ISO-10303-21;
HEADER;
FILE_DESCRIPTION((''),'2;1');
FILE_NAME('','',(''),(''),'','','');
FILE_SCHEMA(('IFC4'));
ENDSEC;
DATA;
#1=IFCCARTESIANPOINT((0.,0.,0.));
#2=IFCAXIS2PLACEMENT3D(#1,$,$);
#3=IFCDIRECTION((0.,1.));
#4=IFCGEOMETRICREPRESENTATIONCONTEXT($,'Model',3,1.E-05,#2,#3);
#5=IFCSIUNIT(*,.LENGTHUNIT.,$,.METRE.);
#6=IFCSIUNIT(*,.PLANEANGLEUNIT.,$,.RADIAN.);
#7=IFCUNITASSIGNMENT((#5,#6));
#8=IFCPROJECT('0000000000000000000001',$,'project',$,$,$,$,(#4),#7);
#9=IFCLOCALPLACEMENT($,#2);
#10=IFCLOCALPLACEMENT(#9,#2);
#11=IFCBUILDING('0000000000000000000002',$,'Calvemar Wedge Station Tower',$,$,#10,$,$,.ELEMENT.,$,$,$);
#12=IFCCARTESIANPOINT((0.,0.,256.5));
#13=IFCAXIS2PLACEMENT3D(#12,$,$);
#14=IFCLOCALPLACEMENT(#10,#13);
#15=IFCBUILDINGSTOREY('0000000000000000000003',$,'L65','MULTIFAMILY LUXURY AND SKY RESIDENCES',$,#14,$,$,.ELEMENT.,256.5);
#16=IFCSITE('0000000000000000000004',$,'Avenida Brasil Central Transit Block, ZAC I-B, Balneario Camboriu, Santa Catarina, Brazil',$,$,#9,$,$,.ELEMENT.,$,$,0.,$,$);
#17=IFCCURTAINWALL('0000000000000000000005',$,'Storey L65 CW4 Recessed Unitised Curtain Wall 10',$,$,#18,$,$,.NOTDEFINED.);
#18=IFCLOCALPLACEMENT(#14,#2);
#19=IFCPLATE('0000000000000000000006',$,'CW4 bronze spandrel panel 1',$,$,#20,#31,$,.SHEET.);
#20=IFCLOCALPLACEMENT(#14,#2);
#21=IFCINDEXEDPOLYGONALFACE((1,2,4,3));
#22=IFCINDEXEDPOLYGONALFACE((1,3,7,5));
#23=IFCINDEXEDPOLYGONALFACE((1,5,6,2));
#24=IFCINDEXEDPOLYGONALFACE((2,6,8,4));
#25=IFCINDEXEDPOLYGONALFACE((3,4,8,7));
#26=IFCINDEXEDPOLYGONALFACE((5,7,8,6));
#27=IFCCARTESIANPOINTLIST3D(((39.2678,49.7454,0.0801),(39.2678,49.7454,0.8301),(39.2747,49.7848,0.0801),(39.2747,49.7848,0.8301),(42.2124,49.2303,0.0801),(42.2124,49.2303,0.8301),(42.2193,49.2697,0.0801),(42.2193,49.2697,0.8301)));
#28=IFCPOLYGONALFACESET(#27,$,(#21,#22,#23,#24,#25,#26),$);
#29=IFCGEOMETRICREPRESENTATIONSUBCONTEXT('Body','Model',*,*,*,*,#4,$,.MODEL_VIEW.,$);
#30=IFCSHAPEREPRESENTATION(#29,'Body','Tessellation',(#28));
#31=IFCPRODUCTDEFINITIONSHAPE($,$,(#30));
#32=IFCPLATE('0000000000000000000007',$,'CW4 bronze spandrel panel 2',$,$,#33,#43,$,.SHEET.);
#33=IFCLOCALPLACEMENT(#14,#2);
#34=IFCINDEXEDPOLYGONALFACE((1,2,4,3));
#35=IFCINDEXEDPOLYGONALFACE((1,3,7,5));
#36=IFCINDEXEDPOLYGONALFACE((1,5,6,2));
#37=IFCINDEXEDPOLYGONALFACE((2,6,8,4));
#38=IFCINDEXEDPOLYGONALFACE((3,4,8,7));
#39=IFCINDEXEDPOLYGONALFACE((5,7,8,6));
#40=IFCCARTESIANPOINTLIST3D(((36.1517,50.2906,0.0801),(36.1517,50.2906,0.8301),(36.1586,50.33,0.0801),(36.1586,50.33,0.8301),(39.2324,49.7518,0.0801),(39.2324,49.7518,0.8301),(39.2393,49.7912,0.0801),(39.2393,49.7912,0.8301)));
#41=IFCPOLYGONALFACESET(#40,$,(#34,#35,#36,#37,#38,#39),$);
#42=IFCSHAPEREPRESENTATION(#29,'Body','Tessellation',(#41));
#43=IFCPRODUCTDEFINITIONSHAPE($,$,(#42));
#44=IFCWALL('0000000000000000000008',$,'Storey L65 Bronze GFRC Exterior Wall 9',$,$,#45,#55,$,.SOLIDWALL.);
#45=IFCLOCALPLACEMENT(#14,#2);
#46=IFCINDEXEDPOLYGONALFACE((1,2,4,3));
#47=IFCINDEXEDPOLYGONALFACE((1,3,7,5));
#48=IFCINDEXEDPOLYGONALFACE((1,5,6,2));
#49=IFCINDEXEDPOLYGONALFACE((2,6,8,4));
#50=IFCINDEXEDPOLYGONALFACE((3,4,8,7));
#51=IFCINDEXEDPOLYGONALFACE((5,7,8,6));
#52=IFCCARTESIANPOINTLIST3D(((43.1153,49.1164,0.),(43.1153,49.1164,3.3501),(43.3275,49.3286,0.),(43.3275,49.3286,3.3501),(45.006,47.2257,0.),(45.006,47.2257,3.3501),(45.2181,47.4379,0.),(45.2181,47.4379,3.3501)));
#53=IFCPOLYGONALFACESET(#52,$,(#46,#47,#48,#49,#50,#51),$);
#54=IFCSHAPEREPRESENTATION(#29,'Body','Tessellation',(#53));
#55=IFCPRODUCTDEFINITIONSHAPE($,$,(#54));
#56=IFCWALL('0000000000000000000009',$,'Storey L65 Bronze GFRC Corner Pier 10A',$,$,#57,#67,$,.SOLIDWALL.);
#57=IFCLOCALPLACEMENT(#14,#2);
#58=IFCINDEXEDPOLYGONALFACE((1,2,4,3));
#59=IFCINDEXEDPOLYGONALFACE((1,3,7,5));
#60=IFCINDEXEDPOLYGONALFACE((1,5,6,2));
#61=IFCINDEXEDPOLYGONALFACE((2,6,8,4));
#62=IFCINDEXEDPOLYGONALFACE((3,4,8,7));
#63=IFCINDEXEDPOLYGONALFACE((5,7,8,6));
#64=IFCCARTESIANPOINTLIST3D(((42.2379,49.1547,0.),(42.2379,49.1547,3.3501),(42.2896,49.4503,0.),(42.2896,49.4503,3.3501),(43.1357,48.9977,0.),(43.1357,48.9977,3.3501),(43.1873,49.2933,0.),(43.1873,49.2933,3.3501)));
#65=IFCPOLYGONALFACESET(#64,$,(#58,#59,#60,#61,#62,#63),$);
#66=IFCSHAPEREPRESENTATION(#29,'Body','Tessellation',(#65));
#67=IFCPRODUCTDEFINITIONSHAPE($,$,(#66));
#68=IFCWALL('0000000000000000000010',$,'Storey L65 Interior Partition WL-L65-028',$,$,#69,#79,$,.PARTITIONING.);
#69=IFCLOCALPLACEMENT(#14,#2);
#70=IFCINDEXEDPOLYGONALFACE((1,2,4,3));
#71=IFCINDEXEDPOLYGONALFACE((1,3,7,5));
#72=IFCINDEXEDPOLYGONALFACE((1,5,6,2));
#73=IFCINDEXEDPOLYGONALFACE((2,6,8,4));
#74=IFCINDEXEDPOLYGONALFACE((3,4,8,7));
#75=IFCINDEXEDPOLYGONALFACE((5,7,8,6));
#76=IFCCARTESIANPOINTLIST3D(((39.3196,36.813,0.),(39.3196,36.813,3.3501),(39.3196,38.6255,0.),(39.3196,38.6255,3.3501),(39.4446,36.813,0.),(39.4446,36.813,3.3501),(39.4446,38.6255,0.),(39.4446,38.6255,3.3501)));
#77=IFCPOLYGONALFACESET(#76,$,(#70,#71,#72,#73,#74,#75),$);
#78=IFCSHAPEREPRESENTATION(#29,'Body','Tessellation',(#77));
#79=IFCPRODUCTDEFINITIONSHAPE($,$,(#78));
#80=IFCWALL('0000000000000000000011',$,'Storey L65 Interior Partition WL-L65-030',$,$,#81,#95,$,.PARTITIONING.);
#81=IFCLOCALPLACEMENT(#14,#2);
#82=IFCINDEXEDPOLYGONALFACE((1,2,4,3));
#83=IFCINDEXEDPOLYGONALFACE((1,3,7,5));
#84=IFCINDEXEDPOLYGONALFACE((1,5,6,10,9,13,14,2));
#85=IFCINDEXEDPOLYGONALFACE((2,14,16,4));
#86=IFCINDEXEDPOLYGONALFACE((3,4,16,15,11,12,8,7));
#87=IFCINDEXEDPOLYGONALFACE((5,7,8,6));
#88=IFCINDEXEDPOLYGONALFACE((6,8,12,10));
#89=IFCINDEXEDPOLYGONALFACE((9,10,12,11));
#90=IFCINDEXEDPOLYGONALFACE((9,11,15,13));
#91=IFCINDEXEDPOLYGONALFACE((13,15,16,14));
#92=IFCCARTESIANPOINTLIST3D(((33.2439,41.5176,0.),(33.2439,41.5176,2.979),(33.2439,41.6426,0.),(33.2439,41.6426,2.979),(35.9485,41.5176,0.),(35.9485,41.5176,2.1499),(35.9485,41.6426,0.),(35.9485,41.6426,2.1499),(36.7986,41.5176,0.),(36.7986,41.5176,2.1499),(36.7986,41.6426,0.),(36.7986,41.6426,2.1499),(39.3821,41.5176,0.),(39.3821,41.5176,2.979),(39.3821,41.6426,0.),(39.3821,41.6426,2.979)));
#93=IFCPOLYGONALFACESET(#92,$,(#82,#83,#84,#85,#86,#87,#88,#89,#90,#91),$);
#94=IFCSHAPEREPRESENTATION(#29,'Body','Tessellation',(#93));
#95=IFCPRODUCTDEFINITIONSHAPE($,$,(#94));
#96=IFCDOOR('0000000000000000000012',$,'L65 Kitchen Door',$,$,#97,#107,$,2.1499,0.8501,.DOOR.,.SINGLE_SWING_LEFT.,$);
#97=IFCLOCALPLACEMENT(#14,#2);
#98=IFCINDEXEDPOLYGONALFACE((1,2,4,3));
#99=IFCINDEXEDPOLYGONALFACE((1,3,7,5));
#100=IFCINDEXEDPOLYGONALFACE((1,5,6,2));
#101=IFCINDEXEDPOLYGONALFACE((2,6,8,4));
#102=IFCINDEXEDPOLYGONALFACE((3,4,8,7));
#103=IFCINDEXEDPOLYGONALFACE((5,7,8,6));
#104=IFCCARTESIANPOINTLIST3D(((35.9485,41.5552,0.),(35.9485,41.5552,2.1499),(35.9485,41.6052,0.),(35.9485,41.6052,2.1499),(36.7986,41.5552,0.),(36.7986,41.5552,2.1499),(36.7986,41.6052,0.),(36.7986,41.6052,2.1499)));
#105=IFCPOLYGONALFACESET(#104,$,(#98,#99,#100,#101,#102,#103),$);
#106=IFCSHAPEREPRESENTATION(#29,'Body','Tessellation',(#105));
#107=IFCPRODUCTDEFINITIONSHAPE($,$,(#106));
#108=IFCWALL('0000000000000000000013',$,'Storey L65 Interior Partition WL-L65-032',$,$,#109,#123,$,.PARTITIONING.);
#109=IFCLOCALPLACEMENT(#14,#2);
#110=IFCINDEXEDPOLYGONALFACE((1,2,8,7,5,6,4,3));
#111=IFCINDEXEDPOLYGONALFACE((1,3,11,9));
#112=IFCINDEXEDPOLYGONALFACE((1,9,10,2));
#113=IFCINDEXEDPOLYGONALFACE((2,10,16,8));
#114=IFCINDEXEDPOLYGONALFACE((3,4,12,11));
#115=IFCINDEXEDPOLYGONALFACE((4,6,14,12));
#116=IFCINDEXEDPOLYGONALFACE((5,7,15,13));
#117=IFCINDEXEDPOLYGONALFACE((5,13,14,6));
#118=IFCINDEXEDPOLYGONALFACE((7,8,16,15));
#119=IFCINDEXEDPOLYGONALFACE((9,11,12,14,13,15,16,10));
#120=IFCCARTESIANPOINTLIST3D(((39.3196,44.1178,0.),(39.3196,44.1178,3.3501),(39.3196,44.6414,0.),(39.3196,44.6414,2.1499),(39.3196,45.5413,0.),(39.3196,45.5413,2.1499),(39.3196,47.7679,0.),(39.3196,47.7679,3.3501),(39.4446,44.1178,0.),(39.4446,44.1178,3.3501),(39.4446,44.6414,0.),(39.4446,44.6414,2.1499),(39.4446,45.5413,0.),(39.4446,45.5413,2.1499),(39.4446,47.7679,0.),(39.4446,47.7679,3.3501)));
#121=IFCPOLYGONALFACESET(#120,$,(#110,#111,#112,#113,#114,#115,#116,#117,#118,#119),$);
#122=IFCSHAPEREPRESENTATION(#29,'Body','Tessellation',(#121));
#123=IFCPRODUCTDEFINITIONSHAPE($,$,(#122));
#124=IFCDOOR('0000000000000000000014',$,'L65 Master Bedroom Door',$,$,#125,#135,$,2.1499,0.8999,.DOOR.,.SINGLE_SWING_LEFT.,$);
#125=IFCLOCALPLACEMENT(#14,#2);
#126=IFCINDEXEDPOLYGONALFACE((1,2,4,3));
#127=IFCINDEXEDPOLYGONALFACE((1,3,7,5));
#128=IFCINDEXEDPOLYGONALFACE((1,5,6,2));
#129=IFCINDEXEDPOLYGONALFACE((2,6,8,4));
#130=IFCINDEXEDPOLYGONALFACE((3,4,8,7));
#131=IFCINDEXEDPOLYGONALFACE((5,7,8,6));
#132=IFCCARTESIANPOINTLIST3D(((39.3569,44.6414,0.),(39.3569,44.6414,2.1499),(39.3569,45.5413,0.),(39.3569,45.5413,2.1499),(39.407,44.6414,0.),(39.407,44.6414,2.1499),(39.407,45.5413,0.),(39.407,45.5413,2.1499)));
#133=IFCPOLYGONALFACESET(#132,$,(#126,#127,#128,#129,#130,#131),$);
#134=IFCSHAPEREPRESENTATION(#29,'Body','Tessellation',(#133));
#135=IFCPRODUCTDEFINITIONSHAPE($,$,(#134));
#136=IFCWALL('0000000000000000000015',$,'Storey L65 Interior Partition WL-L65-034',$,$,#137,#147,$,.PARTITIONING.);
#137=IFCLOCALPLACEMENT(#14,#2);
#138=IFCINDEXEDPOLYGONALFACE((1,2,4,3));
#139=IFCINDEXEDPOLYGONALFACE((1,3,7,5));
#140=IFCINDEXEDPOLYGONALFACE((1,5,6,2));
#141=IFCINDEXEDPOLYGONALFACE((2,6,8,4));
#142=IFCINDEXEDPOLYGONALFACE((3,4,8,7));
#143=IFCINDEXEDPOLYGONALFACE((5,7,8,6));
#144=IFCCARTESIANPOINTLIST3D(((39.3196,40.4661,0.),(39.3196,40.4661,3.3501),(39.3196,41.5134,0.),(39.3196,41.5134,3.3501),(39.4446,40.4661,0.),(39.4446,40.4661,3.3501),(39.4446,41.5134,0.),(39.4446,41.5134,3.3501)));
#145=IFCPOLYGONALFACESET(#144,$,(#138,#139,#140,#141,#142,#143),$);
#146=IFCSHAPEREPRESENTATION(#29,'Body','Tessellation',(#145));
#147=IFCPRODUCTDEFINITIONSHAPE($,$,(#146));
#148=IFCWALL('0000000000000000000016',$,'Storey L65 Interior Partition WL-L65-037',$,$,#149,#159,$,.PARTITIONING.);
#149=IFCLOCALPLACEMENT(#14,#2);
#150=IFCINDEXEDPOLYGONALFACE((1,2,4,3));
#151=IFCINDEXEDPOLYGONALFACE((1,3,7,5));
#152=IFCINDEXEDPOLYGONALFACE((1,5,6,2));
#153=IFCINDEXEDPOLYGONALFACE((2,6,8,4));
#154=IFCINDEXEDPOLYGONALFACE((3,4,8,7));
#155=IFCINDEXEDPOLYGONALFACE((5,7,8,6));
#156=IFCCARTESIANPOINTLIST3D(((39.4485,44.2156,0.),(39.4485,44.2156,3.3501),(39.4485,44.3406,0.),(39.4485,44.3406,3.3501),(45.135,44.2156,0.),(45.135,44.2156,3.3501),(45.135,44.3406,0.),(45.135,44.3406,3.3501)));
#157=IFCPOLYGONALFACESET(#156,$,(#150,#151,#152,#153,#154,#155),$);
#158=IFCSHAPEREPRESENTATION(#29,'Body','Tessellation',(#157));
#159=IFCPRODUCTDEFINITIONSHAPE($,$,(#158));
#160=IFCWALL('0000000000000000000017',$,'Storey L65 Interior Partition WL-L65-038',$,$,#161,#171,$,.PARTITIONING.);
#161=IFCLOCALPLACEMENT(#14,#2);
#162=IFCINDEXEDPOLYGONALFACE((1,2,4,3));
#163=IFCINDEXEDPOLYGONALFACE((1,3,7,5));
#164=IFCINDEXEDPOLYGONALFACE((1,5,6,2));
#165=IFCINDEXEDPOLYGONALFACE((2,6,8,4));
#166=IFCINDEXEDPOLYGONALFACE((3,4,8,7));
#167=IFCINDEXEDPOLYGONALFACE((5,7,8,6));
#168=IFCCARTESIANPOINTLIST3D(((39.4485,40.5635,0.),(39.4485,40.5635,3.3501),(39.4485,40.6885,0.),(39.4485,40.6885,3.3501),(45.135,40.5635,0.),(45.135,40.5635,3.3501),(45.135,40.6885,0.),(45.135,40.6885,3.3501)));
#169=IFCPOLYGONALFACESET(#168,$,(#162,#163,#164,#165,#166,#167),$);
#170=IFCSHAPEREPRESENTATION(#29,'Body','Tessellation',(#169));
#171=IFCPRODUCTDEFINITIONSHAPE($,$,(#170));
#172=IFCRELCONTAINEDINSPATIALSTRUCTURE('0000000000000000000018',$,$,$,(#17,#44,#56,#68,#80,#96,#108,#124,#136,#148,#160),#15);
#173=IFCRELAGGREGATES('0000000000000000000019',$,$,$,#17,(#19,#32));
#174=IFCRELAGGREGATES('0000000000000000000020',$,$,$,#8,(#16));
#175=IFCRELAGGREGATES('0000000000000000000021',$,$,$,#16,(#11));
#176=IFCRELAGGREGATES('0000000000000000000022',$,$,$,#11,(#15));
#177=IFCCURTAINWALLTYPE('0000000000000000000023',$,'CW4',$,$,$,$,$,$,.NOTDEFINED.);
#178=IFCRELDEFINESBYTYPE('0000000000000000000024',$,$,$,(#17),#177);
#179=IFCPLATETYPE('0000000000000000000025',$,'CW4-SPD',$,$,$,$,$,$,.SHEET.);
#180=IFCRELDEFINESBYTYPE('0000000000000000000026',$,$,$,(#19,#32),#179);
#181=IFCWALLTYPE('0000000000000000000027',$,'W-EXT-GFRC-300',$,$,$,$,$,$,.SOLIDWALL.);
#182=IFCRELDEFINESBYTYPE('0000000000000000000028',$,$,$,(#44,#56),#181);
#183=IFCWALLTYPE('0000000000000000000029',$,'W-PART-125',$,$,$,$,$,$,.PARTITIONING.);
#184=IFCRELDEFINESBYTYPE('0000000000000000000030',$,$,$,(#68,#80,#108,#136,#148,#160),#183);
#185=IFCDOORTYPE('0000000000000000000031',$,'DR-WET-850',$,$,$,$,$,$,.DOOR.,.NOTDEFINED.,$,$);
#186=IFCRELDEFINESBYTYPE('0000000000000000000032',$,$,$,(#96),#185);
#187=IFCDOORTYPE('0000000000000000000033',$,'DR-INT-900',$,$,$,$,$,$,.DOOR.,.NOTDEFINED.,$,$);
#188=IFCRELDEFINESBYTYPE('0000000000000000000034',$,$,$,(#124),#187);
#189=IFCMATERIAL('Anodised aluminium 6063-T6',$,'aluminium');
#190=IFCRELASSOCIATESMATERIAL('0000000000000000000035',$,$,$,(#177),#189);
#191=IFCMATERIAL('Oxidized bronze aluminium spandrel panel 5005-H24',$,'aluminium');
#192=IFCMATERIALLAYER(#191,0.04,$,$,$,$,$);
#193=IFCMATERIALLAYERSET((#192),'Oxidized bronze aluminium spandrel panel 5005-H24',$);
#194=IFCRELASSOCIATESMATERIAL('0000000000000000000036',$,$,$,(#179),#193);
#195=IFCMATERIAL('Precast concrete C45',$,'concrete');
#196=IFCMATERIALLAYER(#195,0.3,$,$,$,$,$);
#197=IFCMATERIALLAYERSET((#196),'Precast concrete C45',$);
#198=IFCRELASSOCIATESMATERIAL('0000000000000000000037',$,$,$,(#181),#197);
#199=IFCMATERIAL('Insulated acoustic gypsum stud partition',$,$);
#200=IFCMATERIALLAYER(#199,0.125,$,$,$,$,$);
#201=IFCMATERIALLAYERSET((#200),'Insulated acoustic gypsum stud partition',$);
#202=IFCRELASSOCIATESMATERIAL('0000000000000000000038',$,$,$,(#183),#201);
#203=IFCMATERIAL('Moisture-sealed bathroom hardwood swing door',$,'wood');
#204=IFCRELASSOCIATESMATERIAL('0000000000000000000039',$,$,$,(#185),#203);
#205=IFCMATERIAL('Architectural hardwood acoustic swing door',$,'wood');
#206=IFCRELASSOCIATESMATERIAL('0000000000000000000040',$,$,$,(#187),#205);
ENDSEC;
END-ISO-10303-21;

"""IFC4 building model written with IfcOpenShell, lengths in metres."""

from ifc_helpers import new_model, si_unit, direction, frame, frame_2d, origin, place, context, subcontext, project, spatial, rectangle, extrude, source, transform, mapped, material, layer, layer_set, type_object, element, fill, aggregate, save


model = new_model("IFC4")

# Units and contexts
model_context = context("Model", 3, precision=1e-05, world=origin(), true_north=direction((0.0, 1.0)))
body_context = subcontext(model_context, "Body", "Model", "MODEL_VIEW")
ifc_project = project(units=[si_unit("LENGTHUNIT", "METRE"), si_unit("PLANEANGLEUNIT", "RADIAN")], contexts=[model_context])

# Site, building, storey
site_placement = place(None, origin())
site = spatial("IfcSite", under=ifc_project, at=site_placement, Name="Avenida Brasil Central Transit Block, ZAC I-B, Balneario Camboriu, Santa Catarina, Brazil", CompositionType="ELEMENT", RefElevation=0.0)
building_placement = place(site_placement, origin())
building = spatial("IfcBuilding", under=site, at=building_placement, Name="Calvemar Wedge Station Tower", CompositionType="ELEMENT")
storey_placement = place(building_placement, frame((0.0, 0.0, 256.5)))
storey = spatial("IfcBuildingStorey", under=building, at=storey_placement, Name="L65", Description="MULTIFAMILY LUXURY AND SKY RESIDENCES", CompositionType="ELEMENT", Elevation=256.5)

# Curtain wall, plates
ifc_material_1 = material(Name="Anodised aluminium 6063-T6", Category="aluminium")
curtain_wall_type = type_object("IfcCurtainWallType", Name="CW4", PredefinedType="NOTDEFINED", material=ifc_material_1)
curtain_wall_placement = place(storey_placement, origin())
curtain_wall = element("IfcCurtainWall", 1, at=curtain_wall_placement, inside=storey, type_object=curtain_wall_type, Name="Storey L65 CW4 Recessed Unitised Curtain Wall 10", PredefinedType="NOTDEFINED")
ifc_material_2 = material(Name="Oxidized bronze aluminium spandrel panel 5005-H24", Category="aluminium")
ifc_layer_1 = layer(ifc_material_2, 0.04)
ifc_layer_set_1 = layer_set([ifc_layer_1], Name="Oxidized bronze aluminium spandrel panel 5005-H24")
plate_type_1 = type_object("IfcPlateType", Name="CW4-SPD", PredefinedType="SHEET", material=ifc_layer_set_1)
plate_1_placement = place(storey_placement, frame((42.2158, 49.25, 0.0801), z_axis=(0.0, 0.0, 1.0), x_axis=(-0.98504, 0.172327, 0.0)))
plate_1 = element("IfcPlate", 2, at=plate_1_placement, type_object=plate_type_1, Name="CW4 bronze spandrel panel 1", PredefinedType="SHEET", context=body_context, shape_type="SweptSolid", body=[
    extrude(rectangle(XDim=2.9893, YDim=0.04, at=frame_2d((1.4946, 0.0))), origin(), (0.0, 0.0, 1.0), 0.75),
])
plate_2_placement = place(storey_placement, frame((39.2358, 49.7715, 0.0801), z_axis=(0.0, 0.0, 1.0), x_axis=(-0.985046, 0.172293, 0.0)))
plate_2 = element("IfcPlate", 3, at=plate_2_placement, type_object=plate_type_1, Name="CW4 bronze spandrel panel 2", PredefinedType="SHEET", context=body_context, shape_type="SweptSolid", body=[
    extrude(rectangle(XDim=3.1274, YDim=0.04, at=frame_2d((1.5637, 0.0))), origin(), (0.0, 0.0, 1.0), 0.75),
])
aggregate(curtain_wall, [plate_1, plate_2])

# Walls
ifc_material_3 = material(Name="Precast concrete C45", Category="concrete")
ifc_layer_2 = layer(ifc_material_3, 0.3)
ifc_layer_set_2 = layer_set([ifc_layer_2], Name="Precast concrete C45")
wall_type_1 = type_object("IfcWallType", Name="W-EXT-GFRC-300", PredefinedType="SOLIDWALL", material=ifc_layer_set_2)
wall_1_placement = place(storey_placement, frame((45.1121, 47.3318, 0.0), z_axis=(0.0, 0.0, 1.0), x_axis=(-0.707107, 0.707107, 0.0)))
element("IfcWall", 4, at=wall_1_placement, inside=storey, type_object=wall_type_1, Name="Storey L65 Bronze GFRC Exterior Wall 9", PredefinedType="SOLIDWALL", context=body_context, shape_type="SweptSolid", body=[
    extrude(rectangle(XDim=2.6738, YDim=0.3, at=frame_2d((1.3369, 0.0))), origin(), (0.0, 0.0, 1.0), 3.3501),
])
wall_2_placement = place(storey_placement, frame((43.1614, 49.1455, 0.0), z_axis=(0.0, 0.0, 1.0), x_axis=(-0.985052, 0.172257, 0.0)))
element("IfcWall", 5, at=wall_2_placement, inside=storey, type_object=wall_type_1, Name="Storey L65 Bronze GFRC Corner Pier 10A", PredefinedType="SOLIDWALL", context=body_context, shape_type="SweptSolid", body=[
    extrude(rectangle(XDim=0.9114, YDim=0.3, at=frame_2d((0.4556, 0.0))), origin(), (0.0, 0.0, 1.0), 3.3501),
])
ifc_material_4 = material(Name="Insulated acoustic gypsum stud partition")
ifc_layer_3 = layer(ifc_material_4, 0.125)
ifc_layer_set_3 = layer_set([ifc_layer_3], Name="Insulated acoustic gypsum stud partition")
wall_type_2 = type_object("IfcWallType", Name="W-PART-125", PredefinedType="PARTITIONING", material=ifc_layer_set_3)
wall_3_placement = place(storey_placement, frame((39.3821, 38.6255, 0.0), z_axis=(0.0, 0.0, 1.0), x_axis=(0.0, -1.0, 0.0)))
element("IfcWall", 6, at=wall_3_placement, inside=storey, type_object=wall_type_2, Name="Storey L65 Interior Partition WL-L65-028", PredefinedType="PARTITIONING", context=body_context, shape_type="SweptSolid", body=[
    extrude(rectangle(XDim=1.8125, YDim=0.125, at=frame_2d((0.9062, 0.0))), origin(), (0.0, 0.0, 1.0), 3.3501),
])

# Walls, openings, doors
wall_4_placement = place(storey_placement, frame((39.3821, 41.5801, 0.0), z_axis=(0.0, 0.0, 1.0), x_axis=(-1.0, 0.0, 0.0)))
wall_4 = element("IfcWall", 7, at=wall_4_placement, inside=storey, type_object=wall_type_2, Name="Storey L65 Interior Partition WL-L65-030", PredefinedType="PARTITIONING", context=body_context, shape_type="SweptSolid", body=[
    extrude(rectangle(XDim=6.1382, YDim=0.125, at=frame_2d((3.0691, 0.0))), origin(), (0.0, 0.0, 1.0), 2.979),
])
shared_shape_1 = source(origin(), body_context, "Body", "SweptSolid", [
    extrude(rectangle(XDim=0.8501, YDim=2.1499, at=frame_2d((0.425, 1.075))), frame((0.0, 0.0725, 0.0), z_axis=(0.0, -1.0, 0.0), x_axis=(1.0, 0.0, 0.0)), (0.0, 0.0, 1.0), 0.145),
])
opening_1_placement = place(wall_4_placement, frame((2.5835, 0.0, 0.0)))
opening_1 = element("IfcOpeningElement", 8, at=opening_1_placement, cuts=wall_4, PredefinedType="OPENING", context=body_context, shape_type="MappedRepresentation", body=[
    mapped(shared_shape_1, transform((0.0, 0.0, 0.0), scale=1.0)),
])
ifc_material_5 = material(Name="Moisture-sealed bathroom hardwood swing door", Category="wood")
door_type_1 = type_object("IfcDoorType", Name="DR-WET-850", OperationType="NOTDEFINED", PredefinedType="DOOR", material=ifc_material_5)
shared_shape_2 = source(origin(), body_context, "Body", "SweptSolid", [
    extrude(rectangle(XDim=0.8501, YDim=2.1499, at=frame_2d((0.425, 1.075))), frame((0.0, 0.0249, 0.0), z_axis=(0.0, -1.0, 0.0), x_axis=(1.0, 0.0, 0.0)), (0.0, 0.0, 1.0), 0.05),
])
door_1_placement = place(opening_1_placement, origin())
door_1 = element("IfcDoor", 9, at=door_1_placement, inside=storey, type_object=door_type_1, Name="L65 Kitchen Door", OperationType="SINGLE_SWING_LEFT", OverallHeight=2.1499, OverallWidth=0.8501, PredefinedType="DOOR", context=body_context, shape_type="MappedRepresentation", body=[
    mapped(shared_shape_2, transform((0.0, 0.0, 0.0), scale=1.0)),
])
fill(opening_1, door_1)
wall_5_placement = place(storey_placement, frame((39.3821, 47.7681, 0.0), z_axis=(0.0, 0.0, 1.0), x_axis=(0.0, -1.0, 0.0)))
wall_5 = element("IfcWall", 10, at=wall_5_placement, inside=storey, type_object=wall_type_2, Name="Storey L65 Interior Partition WL-L65-032", PredefinedType="PARTITIONING", context=body_context, shape_type="SweptSolid", body=[
    extrude(rectangle(XDim=3.6501, YDim=0.125, at=frame_2d((1.8252, 0.0))), origin(), (0.0, 0.0, 1.0), 3.3501),
])
shared_shape_3 = source(origin(), body_context, "Body", "SweptSolid", [
    extrude(rectangle(XDim=0.8999, YDim=2.1499, at=frame_2d((0.45, 1.075))), frame((0.0, 0.0725, 0.0), z_axis=(0.0, -1.0, 0.0), x_axis=(1.0, 0.0, 0.0)), (0.0, 0.0, 1.0), 0.145),
])
opening_2_placement = place(wall_5_placement, frame((2.2268, 0.0, 0.0)))
opening_2 = element("IfcOpeningElement", 11, at=opening_2_placement, cuts=wall_5, PredefinedType="OPENING", context=body_context, shape_type="MappedRepresentation", body=[
    mapped(shared_shape_3, transform((0.0, 0.0, 0.0), scale=1.0)),
])
ifc_material_6 = material(Name="Architectural hardwood acoustic swing door", Category="wood")
door_type_2 = type_object("IfcDoorType", Name="DR-INT-900", OperationType="NOTDEFINED", PredefinedType="DOOR", material=ifc_material_6)
shared_shape_4 = source(origin(), body_context, "Body", "SweptSolid", [
    extrude(rectangle(XDim=0.8999, YDim=2.1499, at=frame_2d((0.45, 1.075))), frame((0.0, 0.0249, 0.0), z_axis=(0.0, -1.0, 0.0), x_axis=(1.0, 0.0, 0.0)), (0.0, 0.0, 1.0), 0.05),
])
door_2_placement = place(opening_2_placement, origin())
door_2 = element("IfcDoor", 12, at=door_2_placement, inside=storey, type_object=door_type_2, Name="L65 Master Bedroom Door", OperationType="SINGLE_SWING_LEFT", OverallHeight=2.1499, OverallWidth=0.8999, PredefinedType="DOOR", context=body_context, shape_type="MappedRepresentation", body=[
    mapped(shared_shape_4, transform((0.0, 0.0, 0.0), scale=1.0)),
])
fill(opening_2, door_2)

# Wall
wall_6_placement = place(storey_placement, frame((39.3821, 41.5134, 0.0), z_axis=(0.0, 0.0, 1.0), x_axis=(0.0, -1.0, 0.0)))
element("IfcWall", 13, at=wall_6_placement, inside=storey, type_object=wall_type_2, Name="Storey L65 Interior Partition WL-L65-034", PredefinedType="PARTITIONING", context=body_context, shape_type="SweptSolid", body=[
    extrude(rectangle(XDim=1.0474, YDim=0.125, at=frame_2d((0.5237, 0.0))), origin(), (0.0, 0.0, 1.0), 3.3501),
])

# Walls
for number, where, z_axis, x_axis, name in (
    (14, (45.135, 44.2781, 0.0), (0.0, 0.0, 1.0), (-1.0, 0.0, 0.0), "Storey L65 Interior Partition WL-L65-037"),
    (15, (45.135, 40.626, 0.0), (0.0, 0.0, 1.0), (-1.0, 0.0, 0.0), "Storey L65 Interior Partition WL-L65-038"),
):
    element("IfcWall", number, at=place(storey_placement, frame(where, z_axis=z_axis, x_axis=x_axis)), inside=storey, type_object=wall_type_2, Name=name, PredefinedType="PARTITIONING", context=body_context, shape_type="SweptSolid", body=[
        extrude(rectangle(XDim=5.6865, YDim=0.125, at=frame_2d((2.8433, 0.0))), origin(), (0.0, 0.0, 1.0), 3.3501),
    ])

save(model, "model.ifc")
